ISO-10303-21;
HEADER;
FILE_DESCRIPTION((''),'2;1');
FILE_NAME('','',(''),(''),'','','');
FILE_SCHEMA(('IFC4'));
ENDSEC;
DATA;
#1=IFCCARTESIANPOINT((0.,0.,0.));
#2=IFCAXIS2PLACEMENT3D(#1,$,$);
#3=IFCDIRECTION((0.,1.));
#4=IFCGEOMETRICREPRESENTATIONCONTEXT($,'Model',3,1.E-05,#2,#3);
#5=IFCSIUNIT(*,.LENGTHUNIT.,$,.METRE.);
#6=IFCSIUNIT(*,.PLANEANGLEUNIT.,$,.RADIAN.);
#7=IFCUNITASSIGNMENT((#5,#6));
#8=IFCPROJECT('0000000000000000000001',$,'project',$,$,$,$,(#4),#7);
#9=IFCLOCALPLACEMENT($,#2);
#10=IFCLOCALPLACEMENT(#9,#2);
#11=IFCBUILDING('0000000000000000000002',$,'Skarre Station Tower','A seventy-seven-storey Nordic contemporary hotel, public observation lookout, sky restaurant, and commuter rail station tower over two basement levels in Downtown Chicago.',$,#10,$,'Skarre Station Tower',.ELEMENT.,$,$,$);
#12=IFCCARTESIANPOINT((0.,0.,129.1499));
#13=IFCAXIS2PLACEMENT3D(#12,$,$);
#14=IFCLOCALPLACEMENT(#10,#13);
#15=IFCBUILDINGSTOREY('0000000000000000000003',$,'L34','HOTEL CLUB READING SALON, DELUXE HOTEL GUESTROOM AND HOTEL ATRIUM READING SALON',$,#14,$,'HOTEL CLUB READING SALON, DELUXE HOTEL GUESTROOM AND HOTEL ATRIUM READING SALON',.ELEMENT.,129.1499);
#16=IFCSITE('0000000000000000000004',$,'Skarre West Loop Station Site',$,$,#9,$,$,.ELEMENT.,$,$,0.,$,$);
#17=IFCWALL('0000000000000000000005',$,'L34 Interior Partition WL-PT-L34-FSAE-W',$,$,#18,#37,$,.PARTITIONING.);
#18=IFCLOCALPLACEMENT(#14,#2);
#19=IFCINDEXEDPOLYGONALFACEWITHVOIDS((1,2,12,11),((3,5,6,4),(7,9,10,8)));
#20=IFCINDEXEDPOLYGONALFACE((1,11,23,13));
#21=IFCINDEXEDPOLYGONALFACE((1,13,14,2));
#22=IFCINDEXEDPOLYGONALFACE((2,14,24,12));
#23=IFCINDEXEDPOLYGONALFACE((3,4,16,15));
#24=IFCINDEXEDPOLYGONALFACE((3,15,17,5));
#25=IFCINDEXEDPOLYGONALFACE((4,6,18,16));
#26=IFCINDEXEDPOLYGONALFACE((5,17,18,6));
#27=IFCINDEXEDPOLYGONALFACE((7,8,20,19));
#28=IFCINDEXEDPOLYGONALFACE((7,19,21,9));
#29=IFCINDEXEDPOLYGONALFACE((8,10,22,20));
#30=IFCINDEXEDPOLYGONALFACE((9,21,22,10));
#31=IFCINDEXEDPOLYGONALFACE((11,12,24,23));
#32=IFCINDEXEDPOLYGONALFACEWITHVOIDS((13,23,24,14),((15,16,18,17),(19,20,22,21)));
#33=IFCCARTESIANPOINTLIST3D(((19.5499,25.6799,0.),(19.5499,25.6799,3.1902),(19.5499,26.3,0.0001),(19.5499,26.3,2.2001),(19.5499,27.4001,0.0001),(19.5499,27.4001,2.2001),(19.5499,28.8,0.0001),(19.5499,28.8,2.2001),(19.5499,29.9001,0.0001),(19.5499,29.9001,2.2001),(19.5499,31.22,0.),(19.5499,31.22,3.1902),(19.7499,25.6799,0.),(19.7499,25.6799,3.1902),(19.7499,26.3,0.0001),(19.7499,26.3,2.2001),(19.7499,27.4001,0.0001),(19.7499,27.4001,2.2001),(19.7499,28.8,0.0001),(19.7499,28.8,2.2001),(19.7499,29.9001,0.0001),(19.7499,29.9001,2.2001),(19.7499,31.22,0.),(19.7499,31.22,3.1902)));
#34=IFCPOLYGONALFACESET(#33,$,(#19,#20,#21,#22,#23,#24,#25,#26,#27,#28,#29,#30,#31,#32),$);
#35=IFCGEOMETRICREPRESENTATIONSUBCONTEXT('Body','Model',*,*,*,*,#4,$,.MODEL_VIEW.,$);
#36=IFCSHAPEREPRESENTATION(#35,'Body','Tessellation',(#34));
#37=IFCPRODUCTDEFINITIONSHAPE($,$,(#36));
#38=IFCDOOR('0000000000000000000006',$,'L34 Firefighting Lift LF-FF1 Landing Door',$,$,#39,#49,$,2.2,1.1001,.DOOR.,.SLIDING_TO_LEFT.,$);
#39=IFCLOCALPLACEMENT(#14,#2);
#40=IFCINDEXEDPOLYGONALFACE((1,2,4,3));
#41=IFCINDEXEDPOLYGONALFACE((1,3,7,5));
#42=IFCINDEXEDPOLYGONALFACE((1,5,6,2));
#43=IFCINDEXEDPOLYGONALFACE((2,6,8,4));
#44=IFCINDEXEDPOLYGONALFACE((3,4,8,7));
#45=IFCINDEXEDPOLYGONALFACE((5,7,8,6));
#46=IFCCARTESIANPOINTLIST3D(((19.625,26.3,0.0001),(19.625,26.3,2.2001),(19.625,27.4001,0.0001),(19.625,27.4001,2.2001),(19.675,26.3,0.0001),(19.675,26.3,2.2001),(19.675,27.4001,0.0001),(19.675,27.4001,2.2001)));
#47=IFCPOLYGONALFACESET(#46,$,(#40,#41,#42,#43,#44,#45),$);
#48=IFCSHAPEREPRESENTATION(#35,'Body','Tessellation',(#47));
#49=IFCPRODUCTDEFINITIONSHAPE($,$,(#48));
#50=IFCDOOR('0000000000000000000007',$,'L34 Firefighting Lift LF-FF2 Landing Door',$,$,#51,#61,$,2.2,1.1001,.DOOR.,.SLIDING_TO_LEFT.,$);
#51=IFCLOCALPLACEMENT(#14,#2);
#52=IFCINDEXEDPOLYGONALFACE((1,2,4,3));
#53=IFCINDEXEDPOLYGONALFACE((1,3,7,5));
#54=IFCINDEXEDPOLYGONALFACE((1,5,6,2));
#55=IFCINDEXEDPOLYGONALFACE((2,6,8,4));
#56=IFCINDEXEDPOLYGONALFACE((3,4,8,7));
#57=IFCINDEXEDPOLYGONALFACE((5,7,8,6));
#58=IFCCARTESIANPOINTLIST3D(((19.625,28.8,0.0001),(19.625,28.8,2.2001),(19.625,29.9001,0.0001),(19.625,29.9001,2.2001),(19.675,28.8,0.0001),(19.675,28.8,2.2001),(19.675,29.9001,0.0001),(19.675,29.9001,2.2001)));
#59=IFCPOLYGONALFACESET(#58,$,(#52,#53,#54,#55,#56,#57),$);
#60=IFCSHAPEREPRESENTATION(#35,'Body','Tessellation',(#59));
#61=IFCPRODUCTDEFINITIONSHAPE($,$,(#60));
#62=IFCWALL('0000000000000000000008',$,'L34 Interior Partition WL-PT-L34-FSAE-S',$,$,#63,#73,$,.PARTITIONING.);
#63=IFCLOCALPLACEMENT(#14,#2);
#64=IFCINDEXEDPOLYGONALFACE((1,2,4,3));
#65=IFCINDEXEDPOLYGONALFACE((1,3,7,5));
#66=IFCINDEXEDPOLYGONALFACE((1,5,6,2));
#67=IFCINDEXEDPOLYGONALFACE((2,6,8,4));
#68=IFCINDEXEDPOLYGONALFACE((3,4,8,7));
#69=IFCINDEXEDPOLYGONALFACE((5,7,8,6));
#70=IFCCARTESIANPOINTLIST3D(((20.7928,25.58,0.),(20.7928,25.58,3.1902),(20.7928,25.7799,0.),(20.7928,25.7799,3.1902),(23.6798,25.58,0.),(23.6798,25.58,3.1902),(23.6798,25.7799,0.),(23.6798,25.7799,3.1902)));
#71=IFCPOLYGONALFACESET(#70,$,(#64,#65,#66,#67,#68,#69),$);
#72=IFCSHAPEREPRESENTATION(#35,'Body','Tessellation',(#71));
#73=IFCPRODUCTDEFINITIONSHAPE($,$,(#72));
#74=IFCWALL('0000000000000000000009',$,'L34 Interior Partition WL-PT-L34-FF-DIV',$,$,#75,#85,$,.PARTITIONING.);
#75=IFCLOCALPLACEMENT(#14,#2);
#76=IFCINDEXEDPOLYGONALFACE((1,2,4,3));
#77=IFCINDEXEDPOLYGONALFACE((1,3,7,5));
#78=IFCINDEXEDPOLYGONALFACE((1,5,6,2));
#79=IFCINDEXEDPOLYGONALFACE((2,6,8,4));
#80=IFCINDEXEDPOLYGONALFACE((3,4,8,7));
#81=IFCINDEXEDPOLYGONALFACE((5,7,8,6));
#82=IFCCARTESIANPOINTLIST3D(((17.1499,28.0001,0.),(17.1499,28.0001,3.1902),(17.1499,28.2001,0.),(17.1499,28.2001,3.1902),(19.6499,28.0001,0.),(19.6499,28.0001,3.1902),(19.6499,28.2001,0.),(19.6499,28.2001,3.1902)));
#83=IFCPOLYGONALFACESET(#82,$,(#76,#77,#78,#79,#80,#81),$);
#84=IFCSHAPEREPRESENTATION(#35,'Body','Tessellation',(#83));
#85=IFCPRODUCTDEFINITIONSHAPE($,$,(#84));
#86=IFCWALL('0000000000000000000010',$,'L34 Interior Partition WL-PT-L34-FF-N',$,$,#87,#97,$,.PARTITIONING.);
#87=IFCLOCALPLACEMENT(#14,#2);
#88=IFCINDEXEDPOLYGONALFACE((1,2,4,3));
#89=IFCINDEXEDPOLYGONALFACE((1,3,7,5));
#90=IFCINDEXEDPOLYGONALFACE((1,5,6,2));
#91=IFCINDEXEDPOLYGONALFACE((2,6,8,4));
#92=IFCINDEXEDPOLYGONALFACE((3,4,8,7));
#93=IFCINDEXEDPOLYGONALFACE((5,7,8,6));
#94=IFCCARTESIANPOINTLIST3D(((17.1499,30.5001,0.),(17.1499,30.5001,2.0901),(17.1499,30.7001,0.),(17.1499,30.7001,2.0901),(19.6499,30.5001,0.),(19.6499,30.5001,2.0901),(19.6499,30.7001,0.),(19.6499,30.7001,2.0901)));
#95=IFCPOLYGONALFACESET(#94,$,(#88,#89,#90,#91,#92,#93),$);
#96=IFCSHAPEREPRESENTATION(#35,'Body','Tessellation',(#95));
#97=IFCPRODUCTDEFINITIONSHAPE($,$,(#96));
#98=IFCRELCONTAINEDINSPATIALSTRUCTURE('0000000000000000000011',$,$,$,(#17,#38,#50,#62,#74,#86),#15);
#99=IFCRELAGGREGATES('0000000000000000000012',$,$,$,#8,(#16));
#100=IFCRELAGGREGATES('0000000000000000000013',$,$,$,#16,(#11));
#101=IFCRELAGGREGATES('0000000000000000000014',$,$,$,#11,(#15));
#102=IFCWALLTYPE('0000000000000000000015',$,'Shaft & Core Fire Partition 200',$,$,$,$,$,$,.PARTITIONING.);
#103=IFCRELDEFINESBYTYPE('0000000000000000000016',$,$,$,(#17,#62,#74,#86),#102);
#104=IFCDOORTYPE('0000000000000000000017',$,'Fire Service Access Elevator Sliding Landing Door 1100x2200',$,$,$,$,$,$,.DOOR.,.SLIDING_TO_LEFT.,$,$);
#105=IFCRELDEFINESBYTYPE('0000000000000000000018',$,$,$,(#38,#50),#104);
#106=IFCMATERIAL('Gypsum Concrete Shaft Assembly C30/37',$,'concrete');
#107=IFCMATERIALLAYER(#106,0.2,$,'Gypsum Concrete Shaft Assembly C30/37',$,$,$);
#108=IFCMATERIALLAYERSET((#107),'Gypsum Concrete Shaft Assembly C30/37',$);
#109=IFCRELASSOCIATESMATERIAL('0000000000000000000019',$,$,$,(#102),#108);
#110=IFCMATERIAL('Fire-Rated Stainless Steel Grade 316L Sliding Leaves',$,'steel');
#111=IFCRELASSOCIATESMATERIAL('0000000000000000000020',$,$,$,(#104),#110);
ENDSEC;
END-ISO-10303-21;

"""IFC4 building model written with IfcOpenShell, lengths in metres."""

from ifc_helpers import new_model, si_unit, direction, frame, frame_2d, origin, place, context, subcontext, project, spatial, rectangle, extrude, material, layer, layer_set, type_object, element, fill, save


model = new_model("IFC4")

# Units and contexts
model_context = context("Model", 3, precision=1e-05, world=origin(), true_north=direction((0.0, 1.0)))
body_context = subcontext(model_context, "Body", "Model", "MODEL_VIEW")
ifc_project = project(units=[si_unit("LENGTHUNIT", "METRE"), si_unit("PLANEANGLEUNIT", "RADIAN")], contexts=[model_context])

# Site, building, storey
site_placement = place(None, origin())
site = spatial("IfcSite", under=ifc_project, at=site_placement, Name="Skarre West Loop Station Site", CompositionType="ELEMENT", RefElevation=0.0)
building_placement = place(site_placement, origin())
building = spatial("IfcBuilding", under=site, at=building_placement, Name="Skarre Station Tower", Description="A seventy-seven-storey Nordic contemporary hotel, public observation lookout, sky restaurant, and commuter rail station tower over two basement levels in Downtown Chicago.", LongName="Skarre Station Tower", CompositionType="ELEMENT")
storey_placement = place(building_placement, frame((0.0, 0.0, 129.1499)))
storey = spatial("IfcBuildingStorey", under=building, at=storey_placement, Name="L34", Description="HOTEL CLUB READING SALON, DELUXE HOTEL GUESTROOM AND HOTEL ATRIUM READING SALON", LongName="HOTEL CLUB READING SALON, DELUXE HOTEL GUESTROOM AND HOTEL ATRIUM READING SALON", CompositionType="ELEMENT", Elevation=129.1499)

# Wall, openings, doors
ifc_material_1 = material(Name="Gypsum Concrete Shaft Assembly C30/37", Category="concrete")
ifc_layer_1 = layer(ifc_material_1, 0.2, Name="Gypsum Concrete Shaft Assembly C30/37")
ifc_layer_set_1 = layer_set([ifc_layer_1], Name="Gypsum Concrete Shaft Assembly C30/37")
wall_type_1 = type_object("IfcWallType", Name="Shaft & Core Fire Partition 200", PredefinedType="PARTITIONING", material=ifc_layer_set_1)
wall_1_placement = place(storey_placement, frame((19.6499, 25.6799, 0.0), z_axis=(0.0, 0.0, 1.0), x_axis=(0.0, 1.0, 0.0)))
wall_1 = element("IfcWall", 1, at=wall_1_placement, inside=storey, type_object=wall_type_1, Name="L34 Interior Partition WL-PT-L34-FSAE-W", PredefinedType="PARTITIONING", context=body_context, shape_type="SweptSolid", body=[
    extrude(rectangle(XDim=5.54, YDim=0.2, at=frame_2d((2.77, 0.0))), origin(), (0.0, 0.0, 1.0), 3.1902),
])
opening_1_placement = place(wall_1_placement, frame((0.6201, 0.0, 0.0)))
opening_1 = element("IfcOpeningElement", 2, at=opening_1_placement, cuts=wall_1, PredefinedType="OPENING", context=body_context, shape_type="SweptSolid", body=[
    extrude(rectangle(XDim=1.1001, YDim=2.2, at=frame_2d((0.55, 1.1001))), frame((0.0, 0.1099, 0.0), z_axis=(0.0, -1.0, 0.0), x_axis=(1.0, 0.0, 0.0)), (0.0, 0.0, 1.0), 0.22),
])
opening_2_placement = place(wall_1_placement, frame((3.1201, 0.0, 0.0)))
opening_2 = element("IfcOpeningElement", 3, at=opening_2_placement, cuts=wall_1, PredefinedType="OPENING", context=body_context, shape_type="SweptSolid", body=[
    extrude(rectangle(XDim=1.1001, YDim=2.2, at=frame_2d((0.55, 1.1001))), frame((0.0, 0.1099, 0.0), z_axis=(0.0, -1.0, 0.0), x_axis=(1.0, 0.0, 0.0)), (0.0, 0.0, 1.0), 0.22),
])
ifc_material_2 = material(Name="Fire-Rated Stainless Steel Grade 316L Sliding Leaves", Category="steel")
door_type_1 = type_object("IfcDoorType", Name="Fire Service Access Elevator Sliding Landing Door 1100x2200", OperationType="SLIDING_TO_LEFT", PredefinedType="DOOR", material=ifc_material_2)
door_1_placement = place(opening_1_placement, origin())
door_1 = element("IfcDoor", 4, at=door_1_placement, inside=storey, type_object=door_type_1, Name="L34 Firefighting Lift LF-FF1 Landing Door", OperationType="SLIDING_TO_LEFT", OverallHeight=2.2, OverallWidth=1.1001, PredefinedType="DOOR", context=body_context, shape_type="SweptSolid", body=[
    extrude(rectangle(XDim=1.1001, YDim=2.2, at=frame_2d((0.55, 1.1001))), frame((0.0, 0.0249, 0.0), z_axis=(0.0, -1.0, 0.0), x_axis=(1.0, 0.0, 0.0)), (0.0, 0.0, 1.0), 0.05),
])
fill(opening_1, door_1)
door_2_placement = place(opening_2_placement, origin())
door_2 = element("IfcDoor", 5, at=door_2_placement, inside=storey, type_object=door_type_1, Name="L34 Firefighting Lift LF-FF2 Landing Door", OperationType="SLIDING_TO_LEFT", OverallHeight=2.2, OverallWidth=1.1001, PredefinedType="DOOR", context=body_context, shape_type="SweptSolid", body=[
    extrude(rectangle(XDim=1.1001, YDim=2.2, at=frame_2d((0.55, 1.1001))), frame((0.0, 0.0249, 0.0), z_axis=(0.0, -1.0, 0.0), x_axis=(1.0, 0.0, 0.0)), (0.0, 0.0, 1.0), 0.05),
])
fill(opening_2, door_2)

# Walls
wall_2_placement = place(storey_placement, frame((20.793, 25.6799, 0.0), z_axis=(0.0, 0.0, 1.0), x_axis=(1.0, 0.0, 0.0)))
element("IfcWall", 6, at=wall_2_placement, inside=storey, type_object=wall_type_1, Name="L34 Interior Partition WL-PT-L34-FSAE-S", PredefinedType="PARTITIONING", context=body_context, shape_type="SweptSolid", body=[
    extrude(rectangle(XDim=2.887, YDim=0.2, at=frame_2d((1.4434, 0.0))), origin(), (0.0, 0.0, 1.0), 3.1902),
])
wall_3_placement = place(storey_placement, frame((17.1499, 28.1001, 0.0), z_axis=(0.0, 0.0, 1.0), x_axis=(1.0, 0.0, 0.0)))
element("IfcWall", 7, at=wall_3_placement, inside=storey, type_object=wall_type_1, Name="L34 Interior Partition WL-PT-L34-FF-DIV", PredefinedType="PARTITIONING", context=body_context, shape_type="SweptSolid", body=[
    extrude(rectangle(XDim=2.5, YDim=0.2, at=frame_2d((1.25, 0.0))), origin(), (0.0, 0.0, 1.0), 3.1902),
])
wall_4_placement = place(storey_placement, frame((19.6499, 30.6001, 0.0), z_axis=(0.0, 0.0, 1.0), x_axis=(-1.0, 0.0, 0.0)))
element("IfcWall", 8, at=wall_4_placement, inside=storey, type_object=wall_type_1, Name="L34 Interior Partition WL-PT-L34-FF-N", PredefinedType="PARTITIONING", context=body_context, shape_type="SweptSolid", body=[
    extrude(rectangle(XDim=2.5, YDim=0.2, at=frame_2d((1.25, 0.0))), origin(), (0.0, 0.0, 1.0), 2.0901),
])

save(model, "model.ifc")
